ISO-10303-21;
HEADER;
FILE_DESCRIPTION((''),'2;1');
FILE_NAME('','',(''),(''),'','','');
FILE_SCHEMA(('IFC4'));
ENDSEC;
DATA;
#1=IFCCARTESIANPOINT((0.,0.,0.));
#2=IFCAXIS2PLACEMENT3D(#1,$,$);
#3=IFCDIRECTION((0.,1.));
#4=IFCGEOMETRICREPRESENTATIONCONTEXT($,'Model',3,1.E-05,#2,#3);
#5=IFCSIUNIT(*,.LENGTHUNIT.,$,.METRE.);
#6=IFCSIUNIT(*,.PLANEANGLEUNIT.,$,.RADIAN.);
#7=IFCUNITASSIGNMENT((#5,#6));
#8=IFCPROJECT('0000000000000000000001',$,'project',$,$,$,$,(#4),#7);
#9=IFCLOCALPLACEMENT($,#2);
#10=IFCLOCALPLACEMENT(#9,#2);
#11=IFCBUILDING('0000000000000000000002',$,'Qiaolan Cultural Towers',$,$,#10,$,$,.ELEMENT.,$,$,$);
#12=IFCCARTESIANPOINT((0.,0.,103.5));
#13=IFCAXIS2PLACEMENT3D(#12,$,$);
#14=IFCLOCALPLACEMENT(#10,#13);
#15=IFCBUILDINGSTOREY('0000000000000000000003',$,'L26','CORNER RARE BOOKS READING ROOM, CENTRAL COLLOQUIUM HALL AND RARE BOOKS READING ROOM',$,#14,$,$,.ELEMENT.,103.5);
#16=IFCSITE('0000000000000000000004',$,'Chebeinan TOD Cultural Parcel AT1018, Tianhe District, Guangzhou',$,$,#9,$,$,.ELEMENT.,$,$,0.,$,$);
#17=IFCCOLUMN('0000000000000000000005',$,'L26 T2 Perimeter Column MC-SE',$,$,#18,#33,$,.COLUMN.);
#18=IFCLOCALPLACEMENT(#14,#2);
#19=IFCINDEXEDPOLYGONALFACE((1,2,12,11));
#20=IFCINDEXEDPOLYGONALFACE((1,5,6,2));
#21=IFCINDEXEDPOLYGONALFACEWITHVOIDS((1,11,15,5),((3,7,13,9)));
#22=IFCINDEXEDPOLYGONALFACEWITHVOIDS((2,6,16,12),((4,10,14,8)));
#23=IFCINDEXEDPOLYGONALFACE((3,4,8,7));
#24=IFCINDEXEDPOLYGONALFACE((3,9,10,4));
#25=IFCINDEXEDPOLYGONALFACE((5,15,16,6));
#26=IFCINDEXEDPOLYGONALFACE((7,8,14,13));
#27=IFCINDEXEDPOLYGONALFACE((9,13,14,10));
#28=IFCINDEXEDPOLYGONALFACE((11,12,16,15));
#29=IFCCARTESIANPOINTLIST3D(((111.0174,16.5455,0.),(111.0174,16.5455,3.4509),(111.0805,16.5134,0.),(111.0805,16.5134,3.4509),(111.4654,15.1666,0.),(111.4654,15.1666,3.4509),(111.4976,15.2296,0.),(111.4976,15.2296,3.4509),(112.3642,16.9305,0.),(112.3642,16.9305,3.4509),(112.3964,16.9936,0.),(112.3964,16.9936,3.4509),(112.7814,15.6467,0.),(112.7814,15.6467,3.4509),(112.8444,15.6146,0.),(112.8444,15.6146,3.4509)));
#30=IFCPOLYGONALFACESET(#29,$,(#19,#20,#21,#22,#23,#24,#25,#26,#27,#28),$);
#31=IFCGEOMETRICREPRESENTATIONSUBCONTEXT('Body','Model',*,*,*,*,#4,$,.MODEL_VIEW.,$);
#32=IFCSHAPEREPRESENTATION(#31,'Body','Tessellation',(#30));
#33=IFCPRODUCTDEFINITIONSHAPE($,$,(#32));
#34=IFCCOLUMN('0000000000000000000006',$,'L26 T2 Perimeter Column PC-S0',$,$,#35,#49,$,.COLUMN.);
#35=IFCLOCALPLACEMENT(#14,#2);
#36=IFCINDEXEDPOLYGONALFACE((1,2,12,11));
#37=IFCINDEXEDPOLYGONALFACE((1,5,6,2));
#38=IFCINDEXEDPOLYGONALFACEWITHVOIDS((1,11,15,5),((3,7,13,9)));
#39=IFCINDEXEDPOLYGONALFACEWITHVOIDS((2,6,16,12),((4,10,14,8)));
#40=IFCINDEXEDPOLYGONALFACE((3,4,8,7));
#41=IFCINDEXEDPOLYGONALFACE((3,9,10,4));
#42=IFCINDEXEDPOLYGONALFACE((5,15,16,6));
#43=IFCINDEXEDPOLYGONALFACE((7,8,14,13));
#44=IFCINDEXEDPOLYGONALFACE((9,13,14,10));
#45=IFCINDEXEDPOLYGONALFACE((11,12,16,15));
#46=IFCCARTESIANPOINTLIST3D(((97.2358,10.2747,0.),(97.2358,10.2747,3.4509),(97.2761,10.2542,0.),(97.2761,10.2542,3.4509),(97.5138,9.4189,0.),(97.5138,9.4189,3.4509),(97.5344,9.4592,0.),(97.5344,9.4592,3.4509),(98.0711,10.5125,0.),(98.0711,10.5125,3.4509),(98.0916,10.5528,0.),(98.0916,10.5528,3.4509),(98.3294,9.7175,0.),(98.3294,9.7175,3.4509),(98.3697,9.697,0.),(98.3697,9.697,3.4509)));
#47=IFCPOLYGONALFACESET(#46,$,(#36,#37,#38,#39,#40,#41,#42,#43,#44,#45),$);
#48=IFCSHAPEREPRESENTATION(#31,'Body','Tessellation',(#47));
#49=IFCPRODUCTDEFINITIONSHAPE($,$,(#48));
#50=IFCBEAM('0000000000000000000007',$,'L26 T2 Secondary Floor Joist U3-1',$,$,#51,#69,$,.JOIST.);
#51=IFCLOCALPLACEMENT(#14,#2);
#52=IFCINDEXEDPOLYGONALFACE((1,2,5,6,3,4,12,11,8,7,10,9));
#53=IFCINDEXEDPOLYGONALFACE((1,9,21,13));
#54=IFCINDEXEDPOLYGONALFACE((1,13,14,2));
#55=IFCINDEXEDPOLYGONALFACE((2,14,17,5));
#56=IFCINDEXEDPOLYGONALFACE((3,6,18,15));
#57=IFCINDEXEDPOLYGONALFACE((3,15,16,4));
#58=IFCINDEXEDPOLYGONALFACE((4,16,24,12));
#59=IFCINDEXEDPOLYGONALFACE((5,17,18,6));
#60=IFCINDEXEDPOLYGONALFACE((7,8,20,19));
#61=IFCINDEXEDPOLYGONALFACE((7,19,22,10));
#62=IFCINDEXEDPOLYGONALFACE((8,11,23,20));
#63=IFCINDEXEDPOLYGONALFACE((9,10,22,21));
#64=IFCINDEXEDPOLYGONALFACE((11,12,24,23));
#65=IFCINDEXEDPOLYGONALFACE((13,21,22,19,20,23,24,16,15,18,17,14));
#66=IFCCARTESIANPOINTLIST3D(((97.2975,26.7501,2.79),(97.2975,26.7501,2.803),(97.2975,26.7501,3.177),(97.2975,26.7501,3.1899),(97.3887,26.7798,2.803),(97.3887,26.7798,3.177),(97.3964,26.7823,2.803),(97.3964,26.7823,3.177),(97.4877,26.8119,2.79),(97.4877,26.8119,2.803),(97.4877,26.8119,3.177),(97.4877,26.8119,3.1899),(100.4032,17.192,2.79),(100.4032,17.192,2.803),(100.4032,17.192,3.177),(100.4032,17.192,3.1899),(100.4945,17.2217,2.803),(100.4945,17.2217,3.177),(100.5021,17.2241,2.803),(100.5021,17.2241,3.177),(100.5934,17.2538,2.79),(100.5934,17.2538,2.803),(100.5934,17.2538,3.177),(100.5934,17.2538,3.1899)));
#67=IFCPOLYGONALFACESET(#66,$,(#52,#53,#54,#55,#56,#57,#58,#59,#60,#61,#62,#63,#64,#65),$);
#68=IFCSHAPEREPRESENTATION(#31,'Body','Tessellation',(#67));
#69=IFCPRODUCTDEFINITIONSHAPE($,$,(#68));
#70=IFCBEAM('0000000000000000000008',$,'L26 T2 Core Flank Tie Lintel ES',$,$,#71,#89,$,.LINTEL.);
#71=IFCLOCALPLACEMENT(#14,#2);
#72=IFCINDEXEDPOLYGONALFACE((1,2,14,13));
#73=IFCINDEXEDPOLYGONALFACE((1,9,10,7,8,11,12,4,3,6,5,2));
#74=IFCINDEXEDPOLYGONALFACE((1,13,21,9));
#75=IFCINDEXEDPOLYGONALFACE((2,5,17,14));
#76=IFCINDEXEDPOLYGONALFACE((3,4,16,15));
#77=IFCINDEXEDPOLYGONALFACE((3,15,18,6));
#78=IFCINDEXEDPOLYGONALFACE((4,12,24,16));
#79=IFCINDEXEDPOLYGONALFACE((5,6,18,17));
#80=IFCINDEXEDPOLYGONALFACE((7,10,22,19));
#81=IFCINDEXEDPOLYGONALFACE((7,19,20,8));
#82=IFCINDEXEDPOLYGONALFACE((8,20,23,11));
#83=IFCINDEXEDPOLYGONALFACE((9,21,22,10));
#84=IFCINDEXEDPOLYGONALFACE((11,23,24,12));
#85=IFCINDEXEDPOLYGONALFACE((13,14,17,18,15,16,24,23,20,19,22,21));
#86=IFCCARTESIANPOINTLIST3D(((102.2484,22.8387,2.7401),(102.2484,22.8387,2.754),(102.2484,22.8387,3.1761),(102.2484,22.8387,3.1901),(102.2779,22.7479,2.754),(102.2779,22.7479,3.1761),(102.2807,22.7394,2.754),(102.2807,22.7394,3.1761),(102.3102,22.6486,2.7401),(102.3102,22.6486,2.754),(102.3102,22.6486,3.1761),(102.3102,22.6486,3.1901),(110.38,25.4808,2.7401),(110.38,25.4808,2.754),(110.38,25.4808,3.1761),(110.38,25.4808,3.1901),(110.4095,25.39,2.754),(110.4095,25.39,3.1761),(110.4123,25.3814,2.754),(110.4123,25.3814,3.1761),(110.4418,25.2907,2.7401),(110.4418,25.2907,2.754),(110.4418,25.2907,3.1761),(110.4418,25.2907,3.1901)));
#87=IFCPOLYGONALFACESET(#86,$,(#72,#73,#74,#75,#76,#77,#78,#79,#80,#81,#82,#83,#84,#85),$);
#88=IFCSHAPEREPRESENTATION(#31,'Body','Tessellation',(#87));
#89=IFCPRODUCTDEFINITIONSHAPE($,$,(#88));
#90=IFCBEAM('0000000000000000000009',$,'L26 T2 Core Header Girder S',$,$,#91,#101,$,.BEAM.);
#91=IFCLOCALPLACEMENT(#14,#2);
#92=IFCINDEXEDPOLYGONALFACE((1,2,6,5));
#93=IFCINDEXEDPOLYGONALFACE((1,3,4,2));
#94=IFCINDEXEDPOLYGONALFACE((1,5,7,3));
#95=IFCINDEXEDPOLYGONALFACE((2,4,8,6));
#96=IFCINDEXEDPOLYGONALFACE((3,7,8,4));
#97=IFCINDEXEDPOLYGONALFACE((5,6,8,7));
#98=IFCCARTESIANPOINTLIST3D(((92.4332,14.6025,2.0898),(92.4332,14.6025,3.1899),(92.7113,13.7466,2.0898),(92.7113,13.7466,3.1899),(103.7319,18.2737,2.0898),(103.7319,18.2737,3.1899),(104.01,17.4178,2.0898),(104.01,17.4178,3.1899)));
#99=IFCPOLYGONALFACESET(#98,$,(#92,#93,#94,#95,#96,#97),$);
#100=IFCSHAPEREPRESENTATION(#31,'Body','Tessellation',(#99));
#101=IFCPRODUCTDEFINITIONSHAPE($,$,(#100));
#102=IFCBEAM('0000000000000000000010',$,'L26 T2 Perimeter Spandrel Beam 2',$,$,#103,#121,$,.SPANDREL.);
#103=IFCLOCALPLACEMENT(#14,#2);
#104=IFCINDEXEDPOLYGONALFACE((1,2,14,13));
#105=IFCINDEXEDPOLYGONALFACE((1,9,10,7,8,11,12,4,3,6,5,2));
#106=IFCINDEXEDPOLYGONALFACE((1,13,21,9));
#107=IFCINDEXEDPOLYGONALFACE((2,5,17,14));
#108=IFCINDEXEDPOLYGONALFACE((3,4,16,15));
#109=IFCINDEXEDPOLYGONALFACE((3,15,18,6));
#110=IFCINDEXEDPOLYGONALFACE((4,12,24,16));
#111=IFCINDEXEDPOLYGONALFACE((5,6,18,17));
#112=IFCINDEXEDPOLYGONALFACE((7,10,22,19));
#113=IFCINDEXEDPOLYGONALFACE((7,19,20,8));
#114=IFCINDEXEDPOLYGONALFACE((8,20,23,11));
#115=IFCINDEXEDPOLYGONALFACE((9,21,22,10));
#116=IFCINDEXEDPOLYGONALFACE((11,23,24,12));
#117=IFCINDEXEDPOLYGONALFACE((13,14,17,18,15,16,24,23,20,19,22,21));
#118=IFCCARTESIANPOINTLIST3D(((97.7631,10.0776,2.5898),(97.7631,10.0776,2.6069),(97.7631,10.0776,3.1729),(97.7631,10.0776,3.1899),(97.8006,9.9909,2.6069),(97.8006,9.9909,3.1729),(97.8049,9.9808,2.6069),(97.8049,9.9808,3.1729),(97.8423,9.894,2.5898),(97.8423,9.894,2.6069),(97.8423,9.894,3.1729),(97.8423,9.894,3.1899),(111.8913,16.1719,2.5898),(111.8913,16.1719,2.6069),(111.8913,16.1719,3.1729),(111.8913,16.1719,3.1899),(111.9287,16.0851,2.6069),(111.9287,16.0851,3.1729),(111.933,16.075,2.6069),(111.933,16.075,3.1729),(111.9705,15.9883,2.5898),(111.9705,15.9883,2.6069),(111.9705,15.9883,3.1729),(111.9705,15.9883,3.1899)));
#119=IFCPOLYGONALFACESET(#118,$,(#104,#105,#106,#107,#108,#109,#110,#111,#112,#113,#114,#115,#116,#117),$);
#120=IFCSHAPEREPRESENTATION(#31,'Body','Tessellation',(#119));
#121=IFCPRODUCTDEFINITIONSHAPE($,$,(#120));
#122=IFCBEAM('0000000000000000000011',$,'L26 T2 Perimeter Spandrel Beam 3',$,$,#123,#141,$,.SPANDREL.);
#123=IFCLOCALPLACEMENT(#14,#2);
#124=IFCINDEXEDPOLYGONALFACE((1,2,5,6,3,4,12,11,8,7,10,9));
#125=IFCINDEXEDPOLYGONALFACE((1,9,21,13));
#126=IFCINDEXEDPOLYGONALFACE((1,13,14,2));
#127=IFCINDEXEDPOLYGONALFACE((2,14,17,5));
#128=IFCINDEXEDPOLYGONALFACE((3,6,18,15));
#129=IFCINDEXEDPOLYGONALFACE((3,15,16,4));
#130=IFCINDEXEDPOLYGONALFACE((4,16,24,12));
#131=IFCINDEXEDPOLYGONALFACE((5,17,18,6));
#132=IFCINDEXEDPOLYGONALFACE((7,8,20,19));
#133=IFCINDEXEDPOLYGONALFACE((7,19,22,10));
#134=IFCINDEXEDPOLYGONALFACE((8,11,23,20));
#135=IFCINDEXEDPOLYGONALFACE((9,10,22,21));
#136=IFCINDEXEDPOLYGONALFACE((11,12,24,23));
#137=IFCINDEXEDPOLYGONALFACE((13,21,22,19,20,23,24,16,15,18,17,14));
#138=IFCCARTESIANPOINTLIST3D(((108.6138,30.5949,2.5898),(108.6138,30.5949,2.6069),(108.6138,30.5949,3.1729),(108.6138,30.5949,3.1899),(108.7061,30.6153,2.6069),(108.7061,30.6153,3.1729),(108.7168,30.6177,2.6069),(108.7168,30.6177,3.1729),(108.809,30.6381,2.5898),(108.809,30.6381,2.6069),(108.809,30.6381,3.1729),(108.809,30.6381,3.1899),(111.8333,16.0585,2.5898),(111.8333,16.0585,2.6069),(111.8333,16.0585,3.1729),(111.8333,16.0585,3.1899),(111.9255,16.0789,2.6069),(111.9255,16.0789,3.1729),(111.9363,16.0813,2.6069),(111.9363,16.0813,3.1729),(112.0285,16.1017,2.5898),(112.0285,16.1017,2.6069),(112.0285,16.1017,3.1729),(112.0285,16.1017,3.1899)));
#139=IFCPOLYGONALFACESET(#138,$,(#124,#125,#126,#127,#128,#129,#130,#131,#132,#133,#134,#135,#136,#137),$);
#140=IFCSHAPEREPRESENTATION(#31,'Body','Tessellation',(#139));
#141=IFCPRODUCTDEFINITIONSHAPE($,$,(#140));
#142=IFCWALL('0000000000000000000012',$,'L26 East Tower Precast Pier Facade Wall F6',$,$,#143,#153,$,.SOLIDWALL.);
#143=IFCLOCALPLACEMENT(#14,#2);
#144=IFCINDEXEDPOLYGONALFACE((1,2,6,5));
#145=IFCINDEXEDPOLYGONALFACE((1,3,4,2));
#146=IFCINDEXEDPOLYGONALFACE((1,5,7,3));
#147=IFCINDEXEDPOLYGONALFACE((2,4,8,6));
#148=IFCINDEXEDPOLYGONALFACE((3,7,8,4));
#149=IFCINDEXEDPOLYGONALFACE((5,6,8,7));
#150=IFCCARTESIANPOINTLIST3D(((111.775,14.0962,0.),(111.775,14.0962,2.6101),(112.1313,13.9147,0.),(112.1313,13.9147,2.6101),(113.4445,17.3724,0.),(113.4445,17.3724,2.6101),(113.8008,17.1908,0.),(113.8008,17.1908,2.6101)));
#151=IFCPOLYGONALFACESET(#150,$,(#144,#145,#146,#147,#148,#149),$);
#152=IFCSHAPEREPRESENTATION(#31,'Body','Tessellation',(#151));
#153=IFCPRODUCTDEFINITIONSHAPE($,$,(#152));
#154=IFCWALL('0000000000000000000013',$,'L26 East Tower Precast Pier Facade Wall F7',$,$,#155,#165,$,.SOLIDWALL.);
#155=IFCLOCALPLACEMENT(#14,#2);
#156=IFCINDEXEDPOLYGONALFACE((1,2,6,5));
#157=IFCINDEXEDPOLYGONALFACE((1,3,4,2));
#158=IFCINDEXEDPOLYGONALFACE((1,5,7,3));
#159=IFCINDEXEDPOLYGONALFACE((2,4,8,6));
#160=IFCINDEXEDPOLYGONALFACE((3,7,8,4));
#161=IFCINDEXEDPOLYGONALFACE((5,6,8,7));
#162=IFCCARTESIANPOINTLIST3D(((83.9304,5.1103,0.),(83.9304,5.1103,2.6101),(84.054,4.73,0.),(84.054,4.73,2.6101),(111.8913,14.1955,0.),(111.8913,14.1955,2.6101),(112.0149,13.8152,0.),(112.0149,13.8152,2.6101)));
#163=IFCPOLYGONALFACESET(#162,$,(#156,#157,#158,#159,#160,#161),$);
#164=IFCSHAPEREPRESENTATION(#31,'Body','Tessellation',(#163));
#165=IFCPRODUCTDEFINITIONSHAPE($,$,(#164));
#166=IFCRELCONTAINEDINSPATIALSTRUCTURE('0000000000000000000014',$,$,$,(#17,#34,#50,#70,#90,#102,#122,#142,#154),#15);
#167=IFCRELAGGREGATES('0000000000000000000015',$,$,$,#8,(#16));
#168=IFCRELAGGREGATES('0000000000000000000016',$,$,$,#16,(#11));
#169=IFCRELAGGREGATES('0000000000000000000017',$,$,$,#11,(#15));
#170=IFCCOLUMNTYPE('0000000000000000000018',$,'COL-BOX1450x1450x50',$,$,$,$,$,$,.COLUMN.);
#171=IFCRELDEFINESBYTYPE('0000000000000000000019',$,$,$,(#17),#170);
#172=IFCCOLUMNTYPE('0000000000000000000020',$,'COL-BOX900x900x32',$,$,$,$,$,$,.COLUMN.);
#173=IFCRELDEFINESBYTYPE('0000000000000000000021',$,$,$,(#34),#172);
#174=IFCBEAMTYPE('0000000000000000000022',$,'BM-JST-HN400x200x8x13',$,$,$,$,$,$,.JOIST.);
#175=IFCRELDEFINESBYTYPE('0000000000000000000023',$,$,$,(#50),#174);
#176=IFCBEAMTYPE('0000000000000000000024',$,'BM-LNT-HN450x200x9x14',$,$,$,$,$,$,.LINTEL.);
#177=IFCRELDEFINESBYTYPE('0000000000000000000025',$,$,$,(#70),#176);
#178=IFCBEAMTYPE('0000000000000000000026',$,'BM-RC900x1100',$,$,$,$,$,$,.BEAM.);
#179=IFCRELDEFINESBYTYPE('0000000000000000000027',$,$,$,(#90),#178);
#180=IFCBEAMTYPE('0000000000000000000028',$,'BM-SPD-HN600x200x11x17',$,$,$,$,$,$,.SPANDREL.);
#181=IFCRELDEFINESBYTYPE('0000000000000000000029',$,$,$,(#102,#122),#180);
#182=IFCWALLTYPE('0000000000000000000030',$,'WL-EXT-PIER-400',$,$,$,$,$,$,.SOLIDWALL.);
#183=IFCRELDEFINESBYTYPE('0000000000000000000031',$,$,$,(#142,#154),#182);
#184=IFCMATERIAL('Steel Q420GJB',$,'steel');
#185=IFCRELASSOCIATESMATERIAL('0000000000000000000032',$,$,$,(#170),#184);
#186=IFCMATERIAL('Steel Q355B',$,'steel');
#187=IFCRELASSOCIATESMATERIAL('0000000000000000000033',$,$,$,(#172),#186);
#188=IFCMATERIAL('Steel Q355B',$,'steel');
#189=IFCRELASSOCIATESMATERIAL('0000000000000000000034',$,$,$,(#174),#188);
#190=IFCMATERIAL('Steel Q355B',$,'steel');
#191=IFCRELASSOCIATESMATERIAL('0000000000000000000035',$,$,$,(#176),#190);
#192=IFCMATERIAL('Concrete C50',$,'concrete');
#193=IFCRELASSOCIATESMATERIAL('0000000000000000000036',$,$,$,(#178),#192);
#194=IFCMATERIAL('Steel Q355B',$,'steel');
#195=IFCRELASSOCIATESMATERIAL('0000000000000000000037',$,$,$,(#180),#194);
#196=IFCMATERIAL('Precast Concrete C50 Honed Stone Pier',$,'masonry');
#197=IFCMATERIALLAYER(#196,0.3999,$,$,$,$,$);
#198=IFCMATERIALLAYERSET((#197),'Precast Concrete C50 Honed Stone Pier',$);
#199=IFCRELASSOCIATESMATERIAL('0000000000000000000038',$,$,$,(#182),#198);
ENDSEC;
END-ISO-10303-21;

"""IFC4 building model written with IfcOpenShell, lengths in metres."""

from ifc_helpers import new_model, si_unit, direction, frame, frame_2d, origin, origin_2d, place, context, subcontext, project, spatial, rectangle, hollow_rectangle, i_section, extrude, material, layer, layer_set, material_profile, profile_set, type_object, element, save


model = new_model("IFC4")

# Units and contexts
model_context = context("Model", 3, precision=1e-05, world=origin(), true_north=direction((0.0, 1.0)))
body_context = subcontext(model_context, "Body", "Model", "MODEL_VIEW")
ifc_project = project(units=[si_unit("LENGTHUNIT", "METRE"), si_unit("PLANEANGLEUNIT", "RADIAN")], contexts=[model_context])

# Site, building, storey
site_placement = place(None, origin())
site = spatial("IfcSite", under=ifc_project, at=site_placement, Name="Chebeinan TOD Cultural Parcel AT1018, Tianhe District, Guangzhou", CompositionType="ELEMENT", RefElevation=0.0)
building_placement = place(site_placement, origin())
building = spatial("IfcBuilding", under=site, at=building_placement, Name="Qiaolan Cultural Towers", CompositionType="ELEMENT")
storey_placement = place(building_placement, frame((0.0, 0.0, 103.5)))
storey = spatial("IfcBuildingStorey", under=building, at=storey_placement, Name="L26", Description="CORNER RARE BOOKS READING ROOM, CENTRAL COLLOQUIUM HALL AND RARE BOOKS READING ROOM", CompositionType="ELEMENT", Elevation=103.5)

# Columns
ifc_material_1 = material(Name="Steel Q420GJB", Category="steel")
ifc_material_profile_1 = material_profile(ifc_material_1, hollow_rectangle(XDim=1.45, YDim=1.45, WallThickness=0.05, at=origin_2d()), Name="BOX1450x1450x50")
ifc_profile_set_1 = profile_set([ifc_material_profile_1], Name="Steel Q420GJB")
column_type_1 = type_object("IfcColumnType", Name="COL-BOX1450x1450x50", PredefinedType="COLUMN", material=ifc_profile_set_1)
column_1_placement = place(storey_placement, frame((111.9309, 16.0801, 0.0), z_axis=(0.0, 0.0, 1.0), x_axis=(0.951057, 0.309017, 0.0)))
element("IfcColumn", 1, at=column_1_placement, inside=storey, type_object=column_type_1, Name="L26 T2 Perimeter Column MC-SE", PredefinedType="COLUMN", context=body_context, shape_type="SweptSolid", body=[
    extrude(hollow_rectangle(XDim=1.45, YDim=1.45, WallThickness=0.05, at=origin_2d()), origin(), (0.0, 0.0, 1.0), 3.4509),
])
ifc_material_2 = material(Name="Steel Q355B", Category="steel")
ifc_material_profile_2 = material_profile(ifc_material_2, hollow_rectangle(XDim=0.8999, YDim=0.8999, WallThickness=0.032, at=origin_2d()), Name="BOX900x900x32")
ifc_profile_set_2 = profile_set([ifc_material_profile_2], Name="Steel Q355B")
column_type_2 = type_object("IfcColumnType", Name="COL-BOX900x900x32", PredefinedType="COLUMN", material=ifc_profile_set_2)
column_2_placement = place(storey_placement, frame((97.8027, 9.9858, 0.0), z_axis=(0.0, 0.0, 1.0), x_axis=(0.951057, 0.309017, 0.0)))
element("IfcColumn", 2, at=column_2_placement, inside=storey, type_object=column_type_2, Name="L26 T2 Perimeter Column PC-S0", PredefinedType="COLUMN", context=body_context, shape_type="SweptSolid", body=[
    extrude(hollow_rectangle(XDim=0.8999, YDim=0.8999, WallThickness=0.032, at=origin_2d()), origin(), (0.0, 0.0, 1.0), 3.4509),
])

# Beams
ifc_material_3 = material(Name="Steel Q355B", Category="steel")
ifc_material_profile_3 = material_profile(ifc_material_3, i_section(OverallWidth=0.2, OverallDepth=0.3999, WebThickness=0.0081, FlangeThickness=0.0129, at=origin_2d()), Name="HN400x200x8x13")
ifc_profile_set_3 = profile_set([ifc_material_profile_3], Name="Steel Q355B")
beam_type_1 = type_object("IfcBeamType", Name="BM-JST-HN400x200x8x13", PredefinedType="JOIST", material=ifc_profile_set_3)
beam_1_placement = place(storey_placement, frame((100.4983, 17.2229, 2.99), z_axis=(-0.309026, 0.951054, 0.0), x_axis=(-0.951054, -0.309026, 0.0)))
element("IfcBeam", 3, at=beam_1_placement, inside=storey, type_object=beam_type_1, Name="L26 T2 Secondary Floor Joist U3-1", PredefinedType="JOIST", context=body_context, shape_type="SweptSolid", body=[
    extrude(i_section(OverallWidth=0.2, OverallDepth=0.3999, WebThickness=0.0081, FlangeThickness=0.0129, at=origin_2d()), origin(), (0.0, 0.0, 1.0), 10.05),
])
ifc_material_4 = material(Name="Steel Q355B", Category="steel")
ifc_material_profile_4 = material_profile(ifc_material_4, i_section(OverallWidth=0.2, OverallDepth=0.45, WebThickness=0.009, FlangeThickness=0.0139, at=origin_2d()), Name="HN450x200x9x14")
ifc_profile_set_4 = profile_set([ifc_material_profile_4], Name="Steel Q355B")
beam_type_2 = type_object("IfcBeamType", Name="BM-LNT-HN450x200x9x14", PredefinedType="LINTEL", material=ifc_profile_set_4)
beam_2_placement = place(storey_placement, frame((102.2793, 22.7437, 2.9651), z_axis=(0.951057, 0.309014, 0.0), x_axis=(-0.309014, 0.951057, 0.0)))
element("IfcBeam", 4, at=beam_2_placement, inside=storey, type_object=beam_type_2, Name="L26 T2 Core Flank Tie Lintel ES", PredefinedType="LINTEL", context=body_context, shape_type="SweptSolid", body=[
    extrude(i_section(OverallWidth=0.2, OverallDepth=0.45, WebThickness=0.009, FlangeThickness=0.0139, at=origin_2d()), origin(), (0.0, 0.0, 1.0), 8.55),
])
ifc_material_5 = material(Name="Concrete C50", Category="concrete")
ifc_material_profile_5 = material_profile(ifc_material_5, rectangle(XDim=0.8999, YDim=1.1001, at=origin_2d()), Name="RC900x1100")
ifc_profile_set_5 = profile_set([ifc_material_profile_5], Name="Concrete C50")
beam_type_3 = type_object("IfcBeamType", Name="BM-RC900x1100", PredefinedType="BEAM", material=ifc_profile_set_5)
beam_3_placement = place(storey_placement, frame((92.5723, 14.1746, 2.6399), z_axis=(0.951056, 0.309018, 0.0), x_axis=(-0.309018, 0.951056, 0.0)))
element("IfcBeam", 5, at=beam_3_placement, inside=storey, type_object=beam_type_3, Name="L26 T2 Core Header Girder S", PredefinedType="BEAM", context=body_context, shape_type="SweptSolid", body=[
    extrude(rectangle(XDim=0.8999, YDim=1.1001, at=origin_2d()), origin(), (0.0, 0.0, 1.0), 11.8801),
])
ifc_material_6 = material(Name="Steel Q355B", Category="steel")
ifc_material_profile_6 = material_profile(ifc_material_6, i_section(OverallWidth=0.2, OverallDepth=0.6001, WebThickness=0.011, FlangeThickness=0.0171, at=origin_2d()), Name="HN600x200x11x17")
ifc_profile_set_6 = profile_set([ifc_material_profile_6], Name="Steel Q355B")
beam_type_4 = type_object("IfcBeamType", Name="BM-SPD-HN600x200x11x17", PredefinedType="SPANDREL", material=ifc_profile_set_6)
beam_4_placement = place(storey_placement, frame((97.8027, 9.9858, 2.8899), z_axis=(0.918218, 0.396076, 0.0), x_axis=(-0.396076, 0.918218, 0.0)))
element("IfcBeam", 6, at=beam_4_placement, inside=storey, type_object=beam_type_4, Name="L26 T2 Perimeter Spandrel Beam 2", PredefinedType="SPANDREL", context=body_context, shape_type="SweptSolid", body=[
    extrude(i_section(OverallWidth=0.2, OverallDepth=0.6001, WebThickness=0.011, FlangeThickness=0.0171, at=origin_2d()), origin(), (0.0, 0.0, 1.0), 15.3865),
])
beam_5_placement = place(storey_placement, frame((111.9309, 16.0801, 2.8899), z_axis=(-0.216238, 0.976341, 0.0), x_axis=(-0.976341, -0.216238, 0.0)))
element("IfcBeam", 7, at=beam_5_placement, inside=storey, type_object=beam_type_4, Name="L26 T2 Perimeter Spandrel Beam 3", PredefinedType="SPANDREL", context=body_context, shape_type="SweptSolid", body=[
    extrude(i_section(OverallWidth=0.2, OverallDepth=0.6001, WebThickness=0.011, FlangeThickness=0.0171, at=origin_2d()), origin(), (0.0, 0.0, 1.0), 14.8887),
])

# Walls
ifc_material_7 = material(Name="Precast Concrete C50 Honed Stone Pier", Category="masonry")
ifc_layer_1 = layer(ifc_material_7, 0.3999)
ifc_layer_set_1 = layer_set([ifc_layer_1], Name="Precast Concrete C50 Honed Stone Pier")
wall_type_1 = type_object("IfcWallType", Name="WL-EXT-PIER-400", PredefinedType="SOLIDWALL", material=ifc_layer_set_1)
wall_1_placement = place(storey_placement, frame((113.6226, 17.2815, 0.0), z_axis=(0.0, 0.0, 1.0), x_axis=(-0.454026, -0.890988, 0.0)))
element("IfcWall", 8, at=wall_1_placement, inside=storey, type_object=wall_type_1, Name="L26 East Tower Precast Pier Facade Wall F6", PredefinedType="SOLIDWALL", context=body_context, shape_type="SweptSolid", body=[
    extrude(rectangle(XDim=3.677, YDim=0.3999, at=frame_2d((1.8384, 0.0))), origin(), (0.0, 0.0, 1.0), 2.6101),
])
wall_2_placement = place(storey_placement, frame((111.9531, 14.0054, 0.0), z_axis=(0.0, 0.0, 1.0), x_axis=(-0.951055, -0.309021, 0.0)))
element("IfcWall", 9, at=wall_2_placement, inside=storey, type_object=wall_type_1, Name="L26 East Tower Precast Pier Facade Wall F7", PredefinedType="SOLIDWALL", context=body_context, shape_type="SweptSolid", body=[
    extrude(rectangle(XDim=29.3999, YDim=0.3999, at=frame_2d((14.7, 0.0))), origin(), (0.0, 0.0, 1.0), 2.6101),
])

save(model, "model.ifc")
